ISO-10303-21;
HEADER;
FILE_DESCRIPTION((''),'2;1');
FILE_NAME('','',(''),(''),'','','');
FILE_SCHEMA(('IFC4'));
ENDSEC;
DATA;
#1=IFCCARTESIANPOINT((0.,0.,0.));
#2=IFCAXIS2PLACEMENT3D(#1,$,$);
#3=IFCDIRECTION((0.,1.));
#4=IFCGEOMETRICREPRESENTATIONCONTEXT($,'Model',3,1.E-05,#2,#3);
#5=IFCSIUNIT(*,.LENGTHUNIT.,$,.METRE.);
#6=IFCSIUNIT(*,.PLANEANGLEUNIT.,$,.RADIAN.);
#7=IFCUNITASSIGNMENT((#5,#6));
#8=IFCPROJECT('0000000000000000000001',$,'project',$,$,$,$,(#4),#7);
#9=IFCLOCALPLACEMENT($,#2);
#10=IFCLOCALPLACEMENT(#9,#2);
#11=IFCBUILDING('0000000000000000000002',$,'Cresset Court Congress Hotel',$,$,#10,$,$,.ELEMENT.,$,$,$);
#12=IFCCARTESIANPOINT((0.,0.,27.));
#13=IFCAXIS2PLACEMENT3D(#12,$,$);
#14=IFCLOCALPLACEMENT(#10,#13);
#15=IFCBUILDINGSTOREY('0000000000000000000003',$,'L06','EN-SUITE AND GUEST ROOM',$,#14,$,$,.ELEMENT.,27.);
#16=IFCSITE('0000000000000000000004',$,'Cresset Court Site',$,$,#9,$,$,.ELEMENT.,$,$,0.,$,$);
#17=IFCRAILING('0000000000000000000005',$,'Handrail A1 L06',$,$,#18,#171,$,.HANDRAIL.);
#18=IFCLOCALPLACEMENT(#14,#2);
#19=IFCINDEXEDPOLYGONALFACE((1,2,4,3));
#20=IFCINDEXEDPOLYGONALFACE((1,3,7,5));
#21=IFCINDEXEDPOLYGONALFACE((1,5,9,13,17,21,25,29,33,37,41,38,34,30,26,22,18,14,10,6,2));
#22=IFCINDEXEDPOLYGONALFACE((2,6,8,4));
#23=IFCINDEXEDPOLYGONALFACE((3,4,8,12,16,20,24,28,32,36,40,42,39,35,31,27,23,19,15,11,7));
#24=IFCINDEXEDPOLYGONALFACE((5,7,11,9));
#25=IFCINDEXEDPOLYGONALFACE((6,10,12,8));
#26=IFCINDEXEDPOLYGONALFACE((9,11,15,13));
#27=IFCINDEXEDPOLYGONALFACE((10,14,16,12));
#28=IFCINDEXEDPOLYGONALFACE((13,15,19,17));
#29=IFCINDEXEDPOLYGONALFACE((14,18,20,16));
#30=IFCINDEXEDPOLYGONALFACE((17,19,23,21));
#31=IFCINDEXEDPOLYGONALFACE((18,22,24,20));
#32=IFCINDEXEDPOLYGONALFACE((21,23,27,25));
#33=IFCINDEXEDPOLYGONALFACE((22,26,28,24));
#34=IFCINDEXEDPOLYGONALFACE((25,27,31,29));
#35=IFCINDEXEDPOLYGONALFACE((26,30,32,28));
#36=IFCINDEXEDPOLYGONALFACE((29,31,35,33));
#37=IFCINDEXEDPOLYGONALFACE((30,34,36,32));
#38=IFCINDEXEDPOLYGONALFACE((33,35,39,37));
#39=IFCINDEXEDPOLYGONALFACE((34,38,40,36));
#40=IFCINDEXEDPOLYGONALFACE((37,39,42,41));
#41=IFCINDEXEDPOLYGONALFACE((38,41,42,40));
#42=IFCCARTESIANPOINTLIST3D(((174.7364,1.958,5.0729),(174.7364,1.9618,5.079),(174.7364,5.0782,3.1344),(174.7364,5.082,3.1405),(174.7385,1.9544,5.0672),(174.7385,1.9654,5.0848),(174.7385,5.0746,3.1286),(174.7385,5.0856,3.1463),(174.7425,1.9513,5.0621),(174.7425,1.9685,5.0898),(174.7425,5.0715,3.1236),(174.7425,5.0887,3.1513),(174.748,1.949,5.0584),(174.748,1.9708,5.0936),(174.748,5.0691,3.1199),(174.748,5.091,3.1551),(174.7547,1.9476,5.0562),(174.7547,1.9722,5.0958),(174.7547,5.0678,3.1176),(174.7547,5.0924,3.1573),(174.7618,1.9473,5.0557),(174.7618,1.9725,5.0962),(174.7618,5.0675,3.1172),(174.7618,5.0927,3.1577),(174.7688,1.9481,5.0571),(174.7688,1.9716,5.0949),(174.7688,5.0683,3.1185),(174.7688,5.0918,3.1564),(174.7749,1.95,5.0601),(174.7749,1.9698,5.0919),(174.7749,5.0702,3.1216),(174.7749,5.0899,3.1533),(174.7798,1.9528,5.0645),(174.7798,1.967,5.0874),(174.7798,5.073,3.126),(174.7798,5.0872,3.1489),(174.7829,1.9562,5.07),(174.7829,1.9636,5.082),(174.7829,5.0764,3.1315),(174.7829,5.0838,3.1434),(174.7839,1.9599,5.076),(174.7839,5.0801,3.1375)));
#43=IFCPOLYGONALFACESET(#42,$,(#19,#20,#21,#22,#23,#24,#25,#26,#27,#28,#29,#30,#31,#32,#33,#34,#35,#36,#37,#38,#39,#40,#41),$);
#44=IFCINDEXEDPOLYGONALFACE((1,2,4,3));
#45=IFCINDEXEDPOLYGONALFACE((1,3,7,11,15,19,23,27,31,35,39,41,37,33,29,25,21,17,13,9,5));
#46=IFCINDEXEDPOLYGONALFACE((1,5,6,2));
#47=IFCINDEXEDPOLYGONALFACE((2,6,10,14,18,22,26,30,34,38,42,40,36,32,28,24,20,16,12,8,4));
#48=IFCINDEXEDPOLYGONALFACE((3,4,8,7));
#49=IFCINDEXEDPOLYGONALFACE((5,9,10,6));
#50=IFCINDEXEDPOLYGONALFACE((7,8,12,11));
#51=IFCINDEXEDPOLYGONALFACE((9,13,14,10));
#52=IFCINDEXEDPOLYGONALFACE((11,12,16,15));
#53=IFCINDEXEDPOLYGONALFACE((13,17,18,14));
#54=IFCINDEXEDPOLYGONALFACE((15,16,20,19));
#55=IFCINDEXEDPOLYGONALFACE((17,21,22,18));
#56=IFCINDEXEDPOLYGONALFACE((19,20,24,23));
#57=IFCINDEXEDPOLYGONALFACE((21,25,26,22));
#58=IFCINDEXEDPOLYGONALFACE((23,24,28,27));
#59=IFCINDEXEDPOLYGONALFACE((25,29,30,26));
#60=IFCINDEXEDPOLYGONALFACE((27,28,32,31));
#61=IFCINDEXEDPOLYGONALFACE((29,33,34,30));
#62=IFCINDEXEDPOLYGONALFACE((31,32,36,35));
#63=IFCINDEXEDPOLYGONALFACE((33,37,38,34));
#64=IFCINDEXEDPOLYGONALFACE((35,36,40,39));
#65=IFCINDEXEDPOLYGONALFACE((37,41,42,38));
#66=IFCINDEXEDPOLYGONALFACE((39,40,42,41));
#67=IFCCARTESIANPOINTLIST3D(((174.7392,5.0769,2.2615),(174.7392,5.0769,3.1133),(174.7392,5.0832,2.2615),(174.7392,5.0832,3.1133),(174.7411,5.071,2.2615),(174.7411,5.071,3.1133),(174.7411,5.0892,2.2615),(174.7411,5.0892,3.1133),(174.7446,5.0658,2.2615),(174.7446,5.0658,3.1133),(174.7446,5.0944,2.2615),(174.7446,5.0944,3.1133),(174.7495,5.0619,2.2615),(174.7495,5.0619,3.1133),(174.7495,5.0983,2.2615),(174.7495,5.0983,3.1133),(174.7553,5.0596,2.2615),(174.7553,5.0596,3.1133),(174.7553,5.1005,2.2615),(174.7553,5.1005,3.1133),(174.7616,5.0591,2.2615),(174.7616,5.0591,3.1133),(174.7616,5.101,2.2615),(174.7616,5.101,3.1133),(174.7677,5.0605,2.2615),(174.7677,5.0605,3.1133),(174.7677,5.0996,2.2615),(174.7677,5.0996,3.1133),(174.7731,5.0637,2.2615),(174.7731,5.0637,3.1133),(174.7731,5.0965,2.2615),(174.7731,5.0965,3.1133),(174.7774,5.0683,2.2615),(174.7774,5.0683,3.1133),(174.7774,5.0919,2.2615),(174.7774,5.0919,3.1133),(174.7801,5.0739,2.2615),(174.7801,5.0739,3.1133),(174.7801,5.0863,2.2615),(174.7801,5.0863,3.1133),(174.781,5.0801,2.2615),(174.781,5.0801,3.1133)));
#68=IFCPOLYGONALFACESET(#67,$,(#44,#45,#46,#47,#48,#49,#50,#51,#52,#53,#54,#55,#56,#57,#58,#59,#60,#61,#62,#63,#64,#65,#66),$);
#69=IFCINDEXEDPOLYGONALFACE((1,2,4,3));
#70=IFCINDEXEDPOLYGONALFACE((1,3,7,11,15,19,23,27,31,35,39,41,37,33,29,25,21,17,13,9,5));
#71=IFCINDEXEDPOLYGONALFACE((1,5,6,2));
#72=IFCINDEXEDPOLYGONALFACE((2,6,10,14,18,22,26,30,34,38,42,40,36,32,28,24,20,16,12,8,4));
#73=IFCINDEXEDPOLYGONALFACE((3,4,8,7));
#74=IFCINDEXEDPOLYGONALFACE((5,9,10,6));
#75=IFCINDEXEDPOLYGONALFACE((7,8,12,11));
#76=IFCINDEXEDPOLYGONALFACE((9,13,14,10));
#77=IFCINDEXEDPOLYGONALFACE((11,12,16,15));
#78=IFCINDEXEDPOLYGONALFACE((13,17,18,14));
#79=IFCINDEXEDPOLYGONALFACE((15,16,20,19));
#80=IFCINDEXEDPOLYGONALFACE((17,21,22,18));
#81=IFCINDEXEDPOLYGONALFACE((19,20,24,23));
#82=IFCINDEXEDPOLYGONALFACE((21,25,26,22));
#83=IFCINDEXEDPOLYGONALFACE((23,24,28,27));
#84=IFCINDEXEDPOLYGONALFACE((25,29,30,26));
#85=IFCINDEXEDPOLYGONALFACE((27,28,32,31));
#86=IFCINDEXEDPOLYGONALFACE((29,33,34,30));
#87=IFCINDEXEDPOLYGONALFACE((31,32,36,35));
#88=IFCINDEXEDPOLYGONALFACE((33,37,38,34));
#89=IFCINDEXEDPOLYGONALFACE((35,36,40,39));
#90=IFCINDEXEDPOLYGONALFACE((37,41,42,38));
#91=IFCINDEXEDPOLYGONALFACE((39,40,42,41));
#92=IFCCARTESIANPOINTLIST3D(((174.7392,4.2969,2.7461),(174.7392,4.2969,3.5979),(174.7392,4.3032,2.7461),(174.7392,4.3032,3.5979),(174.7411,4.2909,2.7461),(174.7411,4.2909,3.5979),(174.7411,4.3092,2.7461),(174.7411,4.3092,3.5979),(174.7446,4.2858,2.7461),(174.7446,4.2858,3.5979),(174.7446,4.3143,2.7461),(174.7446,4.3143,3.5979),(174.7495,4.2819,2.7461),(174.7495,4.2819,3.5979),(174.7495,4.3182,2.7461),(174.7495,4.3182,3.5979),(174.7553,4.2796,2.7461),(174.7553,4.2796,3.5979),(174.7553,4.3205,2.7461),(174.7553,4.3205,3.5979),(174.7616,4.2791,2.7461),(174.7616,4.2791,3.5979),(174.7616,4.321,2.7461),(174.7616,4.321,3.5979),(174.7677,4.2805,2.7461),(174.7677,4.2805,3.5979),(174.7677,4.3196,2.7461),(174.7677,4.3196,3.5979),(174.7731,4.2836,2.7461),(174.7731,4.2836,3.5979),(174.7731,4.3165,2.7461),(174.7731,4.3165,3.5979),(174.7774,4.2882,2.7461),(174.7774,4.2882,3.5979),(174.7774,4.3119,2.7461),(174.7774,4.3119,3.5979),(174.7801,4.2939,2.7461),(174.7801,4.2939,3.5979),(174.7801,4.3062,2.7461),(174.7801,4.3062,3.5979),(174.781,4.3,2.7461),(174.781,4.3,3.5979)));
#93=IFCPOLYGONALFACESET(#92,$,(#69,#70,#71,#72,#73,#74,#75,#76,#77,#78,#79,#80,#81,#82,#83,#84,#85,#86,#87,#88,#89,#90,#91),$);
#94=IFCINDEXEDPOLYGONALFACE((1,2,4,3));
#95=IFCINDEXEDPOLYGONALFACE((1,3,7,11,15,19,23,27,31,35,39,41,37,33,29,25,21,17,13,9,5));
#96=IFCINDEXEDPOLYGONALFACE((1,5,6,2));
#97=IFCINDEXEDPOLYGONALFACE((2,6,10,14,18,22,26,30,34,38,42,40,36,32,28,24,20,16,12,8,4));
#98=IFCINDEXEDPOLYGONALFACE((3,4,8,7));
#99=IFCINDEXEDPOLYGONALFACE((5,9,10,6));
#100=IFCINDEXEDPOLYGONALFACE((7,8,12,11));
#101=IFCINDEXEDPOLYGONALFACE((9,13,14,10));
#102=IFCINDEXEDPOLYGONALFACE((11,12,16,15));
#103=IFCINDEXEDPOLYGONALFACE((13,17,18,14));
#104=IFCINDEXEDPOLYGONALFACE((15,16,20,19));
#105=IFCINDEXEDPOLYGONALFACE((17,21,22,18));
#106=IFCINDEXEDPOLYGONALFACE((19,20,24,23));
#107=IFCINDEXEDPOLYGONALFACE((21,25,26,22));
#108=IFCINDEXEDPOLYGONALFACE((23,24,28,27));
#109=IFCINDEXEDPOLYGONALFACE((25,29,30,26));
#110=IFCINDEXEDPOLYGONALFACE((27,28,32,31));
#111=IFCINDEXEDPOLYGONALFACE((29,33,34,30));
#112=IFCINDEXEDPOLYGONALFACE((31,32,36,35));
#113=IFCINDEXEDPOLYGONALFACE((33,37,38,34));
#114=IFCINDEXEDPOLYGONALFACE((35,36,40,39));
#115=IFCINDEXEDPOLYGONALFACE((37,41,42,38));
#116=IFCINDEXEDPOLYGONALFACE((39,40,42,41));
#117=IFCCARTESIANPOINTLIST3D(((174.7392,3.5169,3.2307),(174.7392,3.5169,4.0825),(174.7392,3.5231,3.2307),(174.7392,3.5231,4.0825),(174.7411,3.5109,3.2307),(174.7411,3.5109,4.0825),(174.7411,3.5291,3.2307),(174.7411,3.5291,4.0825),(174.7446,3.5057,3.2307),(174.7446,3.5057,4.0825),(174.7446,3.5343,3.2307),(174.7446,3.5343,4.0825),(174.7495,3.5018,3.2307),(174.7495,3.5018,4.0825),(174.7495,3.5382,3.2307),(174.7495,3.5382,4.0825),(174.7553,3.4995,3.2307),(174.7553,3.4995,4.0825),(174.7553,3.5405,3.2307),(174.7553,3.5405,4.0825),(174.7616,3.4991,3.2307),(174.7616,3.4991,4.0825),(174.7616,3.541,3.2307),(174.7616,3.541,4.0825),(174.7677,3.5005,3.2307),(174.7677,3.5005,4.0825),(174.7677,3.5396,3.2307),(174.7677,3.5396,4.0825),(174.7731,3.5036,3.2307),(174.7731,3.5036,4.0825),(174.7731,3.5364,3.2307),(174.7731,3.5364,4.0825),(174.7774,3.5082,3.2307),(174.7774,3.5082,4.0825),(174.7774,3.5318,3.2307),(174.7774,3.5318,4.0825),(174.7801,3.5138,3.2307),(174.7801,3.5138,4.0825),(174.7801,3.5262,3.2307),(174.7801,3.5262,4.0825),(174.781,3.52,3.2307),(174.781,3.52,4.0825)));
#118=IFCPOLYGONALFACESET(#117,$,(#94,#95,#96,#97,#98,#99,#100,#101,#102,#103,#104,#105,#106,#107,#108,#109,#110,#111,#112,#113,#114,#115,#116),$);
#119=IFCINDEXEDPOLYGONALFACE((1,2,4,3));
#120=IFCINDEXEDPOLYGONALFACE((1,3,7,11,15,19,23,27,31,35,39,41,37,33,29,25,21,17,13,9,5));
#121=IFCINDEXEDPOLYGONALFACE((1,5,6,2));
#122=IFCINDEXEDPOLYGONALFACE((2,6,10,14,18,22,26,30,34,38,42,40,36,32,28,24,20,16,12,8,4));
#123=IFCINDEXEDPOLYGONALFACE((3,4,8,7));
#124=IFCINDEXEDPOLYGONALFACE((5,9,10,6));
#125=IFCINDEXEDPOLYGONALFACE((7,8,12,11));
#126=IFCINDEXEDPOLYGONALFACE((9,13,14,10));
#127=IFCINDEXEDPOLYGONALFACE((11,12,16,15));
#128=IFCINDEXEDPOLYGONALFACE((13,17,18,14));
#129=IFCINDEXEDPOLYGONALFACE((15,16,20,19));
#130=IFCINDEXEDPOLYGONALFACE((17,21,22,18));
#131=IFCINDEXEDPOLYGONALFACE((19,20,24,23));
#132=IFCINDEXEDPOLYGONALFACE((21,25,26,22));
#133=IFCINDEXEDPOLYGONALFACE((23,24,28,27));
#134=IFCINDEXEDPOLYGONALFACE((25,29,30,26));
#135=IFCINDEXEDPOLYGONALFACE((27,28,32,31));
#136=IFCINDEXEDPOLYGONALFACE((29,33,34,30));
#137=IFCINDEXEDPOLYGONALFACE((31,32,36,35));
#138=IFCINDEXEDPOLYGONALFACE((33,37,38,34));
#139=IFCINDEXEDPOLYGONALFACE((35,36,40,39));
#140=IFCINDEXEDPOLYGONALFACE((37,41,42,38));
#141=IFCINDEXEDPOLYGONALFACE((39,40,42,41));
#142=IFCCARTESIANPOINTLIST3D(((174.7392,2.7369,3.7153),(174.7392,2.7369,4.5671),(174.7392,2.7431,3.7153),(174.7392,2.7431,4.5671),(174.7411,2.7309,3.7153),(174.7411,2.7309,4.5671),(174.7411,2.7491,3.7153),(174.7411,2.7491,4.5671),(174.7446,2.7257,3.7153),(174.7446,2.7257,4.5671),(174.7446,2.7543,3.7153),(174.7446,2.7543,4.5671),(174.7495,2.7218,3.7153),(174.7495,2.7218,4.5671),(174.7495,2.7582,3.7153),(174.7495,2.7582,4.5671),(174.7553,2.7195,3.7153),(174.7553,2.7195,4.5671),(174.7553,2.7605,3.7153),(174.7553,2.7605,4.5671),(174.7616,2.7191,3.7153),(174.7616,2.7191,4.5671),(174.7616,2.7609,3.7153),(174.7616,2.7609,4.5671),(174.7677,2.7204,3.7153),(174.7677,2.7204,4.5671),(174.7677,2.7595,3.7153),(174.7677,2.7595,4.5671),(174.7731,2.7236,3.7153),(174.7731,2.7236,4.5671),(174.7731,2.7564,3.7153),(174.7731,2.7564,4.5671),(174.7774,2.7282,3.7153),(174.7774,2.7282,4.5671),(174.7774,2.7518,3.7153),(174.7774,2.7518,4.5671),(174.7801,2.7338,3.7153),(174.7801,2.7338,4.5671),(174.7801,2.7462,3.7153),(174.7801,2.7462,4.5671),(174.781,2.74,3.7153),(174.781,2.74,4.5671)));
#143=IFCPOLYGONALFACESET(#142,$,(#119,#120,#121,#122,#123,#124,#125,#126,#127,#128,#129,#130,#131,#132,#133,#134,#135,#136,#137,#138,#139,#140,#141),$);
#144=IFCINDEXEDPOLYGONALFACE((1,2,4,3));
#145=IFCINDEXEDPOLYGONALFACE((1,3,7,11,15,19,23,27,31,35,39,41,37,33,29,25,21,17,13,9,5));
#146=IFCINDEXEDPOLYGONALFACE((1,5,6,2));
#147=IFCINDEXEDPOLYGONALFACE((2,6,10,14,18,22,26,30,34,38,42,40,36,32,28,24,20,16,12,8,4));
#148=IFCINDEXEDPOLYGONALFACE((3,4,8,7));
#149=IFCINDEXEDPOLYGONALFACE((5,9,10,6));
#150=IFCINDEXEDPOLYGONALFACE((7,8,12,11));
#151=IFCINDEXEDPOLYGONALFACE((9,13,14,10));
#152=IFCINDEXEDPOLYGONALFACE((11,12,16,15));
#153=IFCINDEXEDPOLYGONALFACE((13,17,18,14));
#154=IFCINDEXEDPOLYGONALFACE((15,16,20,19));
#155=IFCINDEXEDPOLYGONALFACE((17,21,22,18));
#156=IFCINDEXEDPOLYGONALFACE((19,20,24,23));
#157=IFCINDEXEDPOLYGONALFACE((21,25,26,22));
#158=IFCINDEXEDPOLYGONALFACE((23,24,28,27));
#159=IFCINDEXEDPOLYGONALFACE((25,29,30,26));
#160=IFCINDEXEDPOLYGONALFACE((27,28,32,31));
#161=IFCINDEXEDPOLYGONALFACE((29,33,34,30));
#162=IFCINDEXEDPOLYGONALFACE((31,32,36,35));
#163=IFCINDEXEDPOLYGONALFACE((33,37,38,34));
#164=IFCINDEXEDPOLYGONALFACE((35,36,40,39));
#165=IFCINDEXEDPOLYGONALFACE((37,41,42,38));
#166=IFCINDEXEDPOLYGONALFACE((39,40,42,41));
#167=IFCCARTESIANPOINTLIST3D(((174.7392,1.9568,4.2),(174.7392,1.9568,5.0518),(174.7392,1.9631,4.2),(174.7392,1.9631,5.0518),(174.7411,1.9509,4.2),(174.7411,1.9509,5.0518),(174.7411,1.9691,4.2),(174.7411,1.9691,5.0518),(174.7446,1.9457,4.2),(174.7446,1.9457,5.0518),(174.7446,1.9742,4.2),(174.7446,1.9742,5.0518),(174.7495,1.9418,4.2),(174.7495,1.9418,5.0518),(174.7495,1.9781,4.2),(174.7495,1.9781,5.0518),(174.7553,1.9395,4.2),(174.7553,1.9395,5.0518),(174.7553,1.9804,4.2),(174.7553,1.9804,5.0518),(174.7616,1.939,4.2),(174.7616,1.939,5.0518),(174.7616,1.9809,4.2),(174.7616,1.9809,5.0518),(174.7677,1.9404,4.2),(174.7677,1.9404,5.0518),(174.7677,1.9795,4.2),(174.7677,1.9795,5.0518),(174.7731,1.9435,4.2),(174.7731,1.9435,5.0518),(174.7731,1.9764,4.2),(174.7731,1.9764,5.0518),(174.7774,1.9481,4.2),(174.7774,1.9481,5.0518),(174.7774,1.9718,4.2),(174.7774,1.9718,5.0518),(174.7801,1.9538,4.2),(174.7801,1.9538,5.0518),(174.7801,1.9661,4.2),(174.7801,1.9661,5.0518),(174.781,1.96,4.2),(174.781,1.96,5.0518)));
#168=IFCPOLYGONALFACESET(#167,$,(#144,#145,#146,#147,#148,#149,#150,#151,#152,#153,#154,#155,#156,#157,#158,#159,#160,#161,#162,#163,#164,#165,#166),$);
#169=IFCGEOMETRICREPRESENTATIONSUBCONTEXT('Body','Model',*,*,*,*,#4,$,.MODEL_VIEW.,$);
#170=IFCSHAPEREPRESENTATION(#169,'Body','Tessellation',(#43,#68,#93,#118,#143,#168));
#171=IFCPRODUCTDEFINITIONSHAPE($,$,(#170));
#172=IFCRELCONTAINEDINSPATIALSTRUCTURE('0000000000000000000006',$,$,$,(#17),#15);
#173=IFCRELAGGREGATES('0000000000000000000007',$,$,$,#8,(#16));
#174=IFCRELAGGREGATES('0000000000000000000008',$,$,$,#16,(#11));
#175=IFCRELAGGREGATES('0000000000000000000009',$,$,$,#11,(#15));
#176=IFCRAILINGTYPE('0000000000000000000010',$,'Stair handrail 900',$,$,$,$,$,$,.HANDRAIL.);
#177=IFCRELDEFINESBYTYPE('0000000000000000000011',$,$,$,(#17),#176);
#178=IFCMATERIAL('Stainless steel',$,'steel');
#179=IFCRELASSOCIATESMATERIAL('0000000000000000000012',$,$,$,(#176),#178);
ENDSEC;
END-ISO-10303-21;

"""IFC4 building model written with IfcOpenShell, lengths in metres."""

from ifc_helpers import new_model, si_unit, direction, frame, origin, origin_2d, place, context, subcontext, project, spatial, circle, extrude, material, type_object, element, save


model = new_model("IFC4")

# Units and contexts
model_context = context("Model", 3, precision=1e-05, world=origin(), true_north=direction((0.0, 1.0)))
body_context = subcontext(model_context, "Body", "Model", "MODEL_VIEW")
ifc_project = project(units=[si_unit("LENGTHUNIT", "METRE"), si_unit("PLANEANGLEUNIT", "RADIAN")], contexts=[model_context])

# Site, building, storey
site_placement = place(None, origin())
site = spatial("IfcSite", under=ifc_project, at=site_placement, Name="Cresset Court Site", CompositionType="ELEMENT", RefElevation=0.0)
building_placement = place(site_placement, origin())
building = spatial("IfcBuilding", under=site, at=building_placement, Name="Cresset Court Congress Hotel", CompositionType="ELEMENT")
storey_placement = place(building_placement, frame((0.0, 0.0, 27.0)))
storey = spatial("IfcBuildingStorey", under=building, at=storey_placement, Name="L06", Description="EN-SUITE AND GUEST ROOM", CompositionType="ELEMENT", Elevation=27.0)

# Railing
ifc_material_1 = material(Name="Stainless steel", Category="steel")
railing_type_1 = type_object("IfcRailingType", Name="Stair handrail 900", PredefinedType="HANDRAIL", material=ifc_material_1)
for number, where, name in (
    (1, (174.76, 5.0801, 2.2615), "Handrail A1 L06"),
):
    element("IfcRailing", number, at=place(storey_placement, frame(where)), inside=storey, type_object=railing_type_1, Name=name, PredefinedType="HANDRAIL", context=body_context, shape_type="SweptSolid", body=[
        extrude(circle(Radius=0.0239, at=origin_2d()), frame((0.0, 0.0, 0.876), z_axis=(0.0, -0.849414, 0.527727), x_axis=(1.0, 0.0, 0.0)), (0.0, 0.0, 1.0), 3.6733),
        extrude(circle(Radius=0.021, at=origin_2d()), origin(), (0.0, 0.0, 1.0), 0.8518),
        extrude(circle(Radius=0.021, at=origin_2d()), frame((0.0, -0.78, 0.4846)), (0.0, 0.0, 1.0), 0.8518),
        extrude(circle(Radius=0.021, at=origin_2d()), frame((0.0, -1.5601, 0.9692)), (0.0, 0.0, 1.0), 0.8518),
        extrude(circle(Radius=0.021, at=origin_2d()), frame((0.0, -2.3401, 1.4539)), (0.0, 0.0, 1.0), 0.8518),
        extrude(circle(Radius=0.021, at=origin_2d()), frame((0.0, -3.1201, 1.9385)), (0.0, 0.0, 1.0), 0.8518),
    ])

save(model, "model.ifc")
